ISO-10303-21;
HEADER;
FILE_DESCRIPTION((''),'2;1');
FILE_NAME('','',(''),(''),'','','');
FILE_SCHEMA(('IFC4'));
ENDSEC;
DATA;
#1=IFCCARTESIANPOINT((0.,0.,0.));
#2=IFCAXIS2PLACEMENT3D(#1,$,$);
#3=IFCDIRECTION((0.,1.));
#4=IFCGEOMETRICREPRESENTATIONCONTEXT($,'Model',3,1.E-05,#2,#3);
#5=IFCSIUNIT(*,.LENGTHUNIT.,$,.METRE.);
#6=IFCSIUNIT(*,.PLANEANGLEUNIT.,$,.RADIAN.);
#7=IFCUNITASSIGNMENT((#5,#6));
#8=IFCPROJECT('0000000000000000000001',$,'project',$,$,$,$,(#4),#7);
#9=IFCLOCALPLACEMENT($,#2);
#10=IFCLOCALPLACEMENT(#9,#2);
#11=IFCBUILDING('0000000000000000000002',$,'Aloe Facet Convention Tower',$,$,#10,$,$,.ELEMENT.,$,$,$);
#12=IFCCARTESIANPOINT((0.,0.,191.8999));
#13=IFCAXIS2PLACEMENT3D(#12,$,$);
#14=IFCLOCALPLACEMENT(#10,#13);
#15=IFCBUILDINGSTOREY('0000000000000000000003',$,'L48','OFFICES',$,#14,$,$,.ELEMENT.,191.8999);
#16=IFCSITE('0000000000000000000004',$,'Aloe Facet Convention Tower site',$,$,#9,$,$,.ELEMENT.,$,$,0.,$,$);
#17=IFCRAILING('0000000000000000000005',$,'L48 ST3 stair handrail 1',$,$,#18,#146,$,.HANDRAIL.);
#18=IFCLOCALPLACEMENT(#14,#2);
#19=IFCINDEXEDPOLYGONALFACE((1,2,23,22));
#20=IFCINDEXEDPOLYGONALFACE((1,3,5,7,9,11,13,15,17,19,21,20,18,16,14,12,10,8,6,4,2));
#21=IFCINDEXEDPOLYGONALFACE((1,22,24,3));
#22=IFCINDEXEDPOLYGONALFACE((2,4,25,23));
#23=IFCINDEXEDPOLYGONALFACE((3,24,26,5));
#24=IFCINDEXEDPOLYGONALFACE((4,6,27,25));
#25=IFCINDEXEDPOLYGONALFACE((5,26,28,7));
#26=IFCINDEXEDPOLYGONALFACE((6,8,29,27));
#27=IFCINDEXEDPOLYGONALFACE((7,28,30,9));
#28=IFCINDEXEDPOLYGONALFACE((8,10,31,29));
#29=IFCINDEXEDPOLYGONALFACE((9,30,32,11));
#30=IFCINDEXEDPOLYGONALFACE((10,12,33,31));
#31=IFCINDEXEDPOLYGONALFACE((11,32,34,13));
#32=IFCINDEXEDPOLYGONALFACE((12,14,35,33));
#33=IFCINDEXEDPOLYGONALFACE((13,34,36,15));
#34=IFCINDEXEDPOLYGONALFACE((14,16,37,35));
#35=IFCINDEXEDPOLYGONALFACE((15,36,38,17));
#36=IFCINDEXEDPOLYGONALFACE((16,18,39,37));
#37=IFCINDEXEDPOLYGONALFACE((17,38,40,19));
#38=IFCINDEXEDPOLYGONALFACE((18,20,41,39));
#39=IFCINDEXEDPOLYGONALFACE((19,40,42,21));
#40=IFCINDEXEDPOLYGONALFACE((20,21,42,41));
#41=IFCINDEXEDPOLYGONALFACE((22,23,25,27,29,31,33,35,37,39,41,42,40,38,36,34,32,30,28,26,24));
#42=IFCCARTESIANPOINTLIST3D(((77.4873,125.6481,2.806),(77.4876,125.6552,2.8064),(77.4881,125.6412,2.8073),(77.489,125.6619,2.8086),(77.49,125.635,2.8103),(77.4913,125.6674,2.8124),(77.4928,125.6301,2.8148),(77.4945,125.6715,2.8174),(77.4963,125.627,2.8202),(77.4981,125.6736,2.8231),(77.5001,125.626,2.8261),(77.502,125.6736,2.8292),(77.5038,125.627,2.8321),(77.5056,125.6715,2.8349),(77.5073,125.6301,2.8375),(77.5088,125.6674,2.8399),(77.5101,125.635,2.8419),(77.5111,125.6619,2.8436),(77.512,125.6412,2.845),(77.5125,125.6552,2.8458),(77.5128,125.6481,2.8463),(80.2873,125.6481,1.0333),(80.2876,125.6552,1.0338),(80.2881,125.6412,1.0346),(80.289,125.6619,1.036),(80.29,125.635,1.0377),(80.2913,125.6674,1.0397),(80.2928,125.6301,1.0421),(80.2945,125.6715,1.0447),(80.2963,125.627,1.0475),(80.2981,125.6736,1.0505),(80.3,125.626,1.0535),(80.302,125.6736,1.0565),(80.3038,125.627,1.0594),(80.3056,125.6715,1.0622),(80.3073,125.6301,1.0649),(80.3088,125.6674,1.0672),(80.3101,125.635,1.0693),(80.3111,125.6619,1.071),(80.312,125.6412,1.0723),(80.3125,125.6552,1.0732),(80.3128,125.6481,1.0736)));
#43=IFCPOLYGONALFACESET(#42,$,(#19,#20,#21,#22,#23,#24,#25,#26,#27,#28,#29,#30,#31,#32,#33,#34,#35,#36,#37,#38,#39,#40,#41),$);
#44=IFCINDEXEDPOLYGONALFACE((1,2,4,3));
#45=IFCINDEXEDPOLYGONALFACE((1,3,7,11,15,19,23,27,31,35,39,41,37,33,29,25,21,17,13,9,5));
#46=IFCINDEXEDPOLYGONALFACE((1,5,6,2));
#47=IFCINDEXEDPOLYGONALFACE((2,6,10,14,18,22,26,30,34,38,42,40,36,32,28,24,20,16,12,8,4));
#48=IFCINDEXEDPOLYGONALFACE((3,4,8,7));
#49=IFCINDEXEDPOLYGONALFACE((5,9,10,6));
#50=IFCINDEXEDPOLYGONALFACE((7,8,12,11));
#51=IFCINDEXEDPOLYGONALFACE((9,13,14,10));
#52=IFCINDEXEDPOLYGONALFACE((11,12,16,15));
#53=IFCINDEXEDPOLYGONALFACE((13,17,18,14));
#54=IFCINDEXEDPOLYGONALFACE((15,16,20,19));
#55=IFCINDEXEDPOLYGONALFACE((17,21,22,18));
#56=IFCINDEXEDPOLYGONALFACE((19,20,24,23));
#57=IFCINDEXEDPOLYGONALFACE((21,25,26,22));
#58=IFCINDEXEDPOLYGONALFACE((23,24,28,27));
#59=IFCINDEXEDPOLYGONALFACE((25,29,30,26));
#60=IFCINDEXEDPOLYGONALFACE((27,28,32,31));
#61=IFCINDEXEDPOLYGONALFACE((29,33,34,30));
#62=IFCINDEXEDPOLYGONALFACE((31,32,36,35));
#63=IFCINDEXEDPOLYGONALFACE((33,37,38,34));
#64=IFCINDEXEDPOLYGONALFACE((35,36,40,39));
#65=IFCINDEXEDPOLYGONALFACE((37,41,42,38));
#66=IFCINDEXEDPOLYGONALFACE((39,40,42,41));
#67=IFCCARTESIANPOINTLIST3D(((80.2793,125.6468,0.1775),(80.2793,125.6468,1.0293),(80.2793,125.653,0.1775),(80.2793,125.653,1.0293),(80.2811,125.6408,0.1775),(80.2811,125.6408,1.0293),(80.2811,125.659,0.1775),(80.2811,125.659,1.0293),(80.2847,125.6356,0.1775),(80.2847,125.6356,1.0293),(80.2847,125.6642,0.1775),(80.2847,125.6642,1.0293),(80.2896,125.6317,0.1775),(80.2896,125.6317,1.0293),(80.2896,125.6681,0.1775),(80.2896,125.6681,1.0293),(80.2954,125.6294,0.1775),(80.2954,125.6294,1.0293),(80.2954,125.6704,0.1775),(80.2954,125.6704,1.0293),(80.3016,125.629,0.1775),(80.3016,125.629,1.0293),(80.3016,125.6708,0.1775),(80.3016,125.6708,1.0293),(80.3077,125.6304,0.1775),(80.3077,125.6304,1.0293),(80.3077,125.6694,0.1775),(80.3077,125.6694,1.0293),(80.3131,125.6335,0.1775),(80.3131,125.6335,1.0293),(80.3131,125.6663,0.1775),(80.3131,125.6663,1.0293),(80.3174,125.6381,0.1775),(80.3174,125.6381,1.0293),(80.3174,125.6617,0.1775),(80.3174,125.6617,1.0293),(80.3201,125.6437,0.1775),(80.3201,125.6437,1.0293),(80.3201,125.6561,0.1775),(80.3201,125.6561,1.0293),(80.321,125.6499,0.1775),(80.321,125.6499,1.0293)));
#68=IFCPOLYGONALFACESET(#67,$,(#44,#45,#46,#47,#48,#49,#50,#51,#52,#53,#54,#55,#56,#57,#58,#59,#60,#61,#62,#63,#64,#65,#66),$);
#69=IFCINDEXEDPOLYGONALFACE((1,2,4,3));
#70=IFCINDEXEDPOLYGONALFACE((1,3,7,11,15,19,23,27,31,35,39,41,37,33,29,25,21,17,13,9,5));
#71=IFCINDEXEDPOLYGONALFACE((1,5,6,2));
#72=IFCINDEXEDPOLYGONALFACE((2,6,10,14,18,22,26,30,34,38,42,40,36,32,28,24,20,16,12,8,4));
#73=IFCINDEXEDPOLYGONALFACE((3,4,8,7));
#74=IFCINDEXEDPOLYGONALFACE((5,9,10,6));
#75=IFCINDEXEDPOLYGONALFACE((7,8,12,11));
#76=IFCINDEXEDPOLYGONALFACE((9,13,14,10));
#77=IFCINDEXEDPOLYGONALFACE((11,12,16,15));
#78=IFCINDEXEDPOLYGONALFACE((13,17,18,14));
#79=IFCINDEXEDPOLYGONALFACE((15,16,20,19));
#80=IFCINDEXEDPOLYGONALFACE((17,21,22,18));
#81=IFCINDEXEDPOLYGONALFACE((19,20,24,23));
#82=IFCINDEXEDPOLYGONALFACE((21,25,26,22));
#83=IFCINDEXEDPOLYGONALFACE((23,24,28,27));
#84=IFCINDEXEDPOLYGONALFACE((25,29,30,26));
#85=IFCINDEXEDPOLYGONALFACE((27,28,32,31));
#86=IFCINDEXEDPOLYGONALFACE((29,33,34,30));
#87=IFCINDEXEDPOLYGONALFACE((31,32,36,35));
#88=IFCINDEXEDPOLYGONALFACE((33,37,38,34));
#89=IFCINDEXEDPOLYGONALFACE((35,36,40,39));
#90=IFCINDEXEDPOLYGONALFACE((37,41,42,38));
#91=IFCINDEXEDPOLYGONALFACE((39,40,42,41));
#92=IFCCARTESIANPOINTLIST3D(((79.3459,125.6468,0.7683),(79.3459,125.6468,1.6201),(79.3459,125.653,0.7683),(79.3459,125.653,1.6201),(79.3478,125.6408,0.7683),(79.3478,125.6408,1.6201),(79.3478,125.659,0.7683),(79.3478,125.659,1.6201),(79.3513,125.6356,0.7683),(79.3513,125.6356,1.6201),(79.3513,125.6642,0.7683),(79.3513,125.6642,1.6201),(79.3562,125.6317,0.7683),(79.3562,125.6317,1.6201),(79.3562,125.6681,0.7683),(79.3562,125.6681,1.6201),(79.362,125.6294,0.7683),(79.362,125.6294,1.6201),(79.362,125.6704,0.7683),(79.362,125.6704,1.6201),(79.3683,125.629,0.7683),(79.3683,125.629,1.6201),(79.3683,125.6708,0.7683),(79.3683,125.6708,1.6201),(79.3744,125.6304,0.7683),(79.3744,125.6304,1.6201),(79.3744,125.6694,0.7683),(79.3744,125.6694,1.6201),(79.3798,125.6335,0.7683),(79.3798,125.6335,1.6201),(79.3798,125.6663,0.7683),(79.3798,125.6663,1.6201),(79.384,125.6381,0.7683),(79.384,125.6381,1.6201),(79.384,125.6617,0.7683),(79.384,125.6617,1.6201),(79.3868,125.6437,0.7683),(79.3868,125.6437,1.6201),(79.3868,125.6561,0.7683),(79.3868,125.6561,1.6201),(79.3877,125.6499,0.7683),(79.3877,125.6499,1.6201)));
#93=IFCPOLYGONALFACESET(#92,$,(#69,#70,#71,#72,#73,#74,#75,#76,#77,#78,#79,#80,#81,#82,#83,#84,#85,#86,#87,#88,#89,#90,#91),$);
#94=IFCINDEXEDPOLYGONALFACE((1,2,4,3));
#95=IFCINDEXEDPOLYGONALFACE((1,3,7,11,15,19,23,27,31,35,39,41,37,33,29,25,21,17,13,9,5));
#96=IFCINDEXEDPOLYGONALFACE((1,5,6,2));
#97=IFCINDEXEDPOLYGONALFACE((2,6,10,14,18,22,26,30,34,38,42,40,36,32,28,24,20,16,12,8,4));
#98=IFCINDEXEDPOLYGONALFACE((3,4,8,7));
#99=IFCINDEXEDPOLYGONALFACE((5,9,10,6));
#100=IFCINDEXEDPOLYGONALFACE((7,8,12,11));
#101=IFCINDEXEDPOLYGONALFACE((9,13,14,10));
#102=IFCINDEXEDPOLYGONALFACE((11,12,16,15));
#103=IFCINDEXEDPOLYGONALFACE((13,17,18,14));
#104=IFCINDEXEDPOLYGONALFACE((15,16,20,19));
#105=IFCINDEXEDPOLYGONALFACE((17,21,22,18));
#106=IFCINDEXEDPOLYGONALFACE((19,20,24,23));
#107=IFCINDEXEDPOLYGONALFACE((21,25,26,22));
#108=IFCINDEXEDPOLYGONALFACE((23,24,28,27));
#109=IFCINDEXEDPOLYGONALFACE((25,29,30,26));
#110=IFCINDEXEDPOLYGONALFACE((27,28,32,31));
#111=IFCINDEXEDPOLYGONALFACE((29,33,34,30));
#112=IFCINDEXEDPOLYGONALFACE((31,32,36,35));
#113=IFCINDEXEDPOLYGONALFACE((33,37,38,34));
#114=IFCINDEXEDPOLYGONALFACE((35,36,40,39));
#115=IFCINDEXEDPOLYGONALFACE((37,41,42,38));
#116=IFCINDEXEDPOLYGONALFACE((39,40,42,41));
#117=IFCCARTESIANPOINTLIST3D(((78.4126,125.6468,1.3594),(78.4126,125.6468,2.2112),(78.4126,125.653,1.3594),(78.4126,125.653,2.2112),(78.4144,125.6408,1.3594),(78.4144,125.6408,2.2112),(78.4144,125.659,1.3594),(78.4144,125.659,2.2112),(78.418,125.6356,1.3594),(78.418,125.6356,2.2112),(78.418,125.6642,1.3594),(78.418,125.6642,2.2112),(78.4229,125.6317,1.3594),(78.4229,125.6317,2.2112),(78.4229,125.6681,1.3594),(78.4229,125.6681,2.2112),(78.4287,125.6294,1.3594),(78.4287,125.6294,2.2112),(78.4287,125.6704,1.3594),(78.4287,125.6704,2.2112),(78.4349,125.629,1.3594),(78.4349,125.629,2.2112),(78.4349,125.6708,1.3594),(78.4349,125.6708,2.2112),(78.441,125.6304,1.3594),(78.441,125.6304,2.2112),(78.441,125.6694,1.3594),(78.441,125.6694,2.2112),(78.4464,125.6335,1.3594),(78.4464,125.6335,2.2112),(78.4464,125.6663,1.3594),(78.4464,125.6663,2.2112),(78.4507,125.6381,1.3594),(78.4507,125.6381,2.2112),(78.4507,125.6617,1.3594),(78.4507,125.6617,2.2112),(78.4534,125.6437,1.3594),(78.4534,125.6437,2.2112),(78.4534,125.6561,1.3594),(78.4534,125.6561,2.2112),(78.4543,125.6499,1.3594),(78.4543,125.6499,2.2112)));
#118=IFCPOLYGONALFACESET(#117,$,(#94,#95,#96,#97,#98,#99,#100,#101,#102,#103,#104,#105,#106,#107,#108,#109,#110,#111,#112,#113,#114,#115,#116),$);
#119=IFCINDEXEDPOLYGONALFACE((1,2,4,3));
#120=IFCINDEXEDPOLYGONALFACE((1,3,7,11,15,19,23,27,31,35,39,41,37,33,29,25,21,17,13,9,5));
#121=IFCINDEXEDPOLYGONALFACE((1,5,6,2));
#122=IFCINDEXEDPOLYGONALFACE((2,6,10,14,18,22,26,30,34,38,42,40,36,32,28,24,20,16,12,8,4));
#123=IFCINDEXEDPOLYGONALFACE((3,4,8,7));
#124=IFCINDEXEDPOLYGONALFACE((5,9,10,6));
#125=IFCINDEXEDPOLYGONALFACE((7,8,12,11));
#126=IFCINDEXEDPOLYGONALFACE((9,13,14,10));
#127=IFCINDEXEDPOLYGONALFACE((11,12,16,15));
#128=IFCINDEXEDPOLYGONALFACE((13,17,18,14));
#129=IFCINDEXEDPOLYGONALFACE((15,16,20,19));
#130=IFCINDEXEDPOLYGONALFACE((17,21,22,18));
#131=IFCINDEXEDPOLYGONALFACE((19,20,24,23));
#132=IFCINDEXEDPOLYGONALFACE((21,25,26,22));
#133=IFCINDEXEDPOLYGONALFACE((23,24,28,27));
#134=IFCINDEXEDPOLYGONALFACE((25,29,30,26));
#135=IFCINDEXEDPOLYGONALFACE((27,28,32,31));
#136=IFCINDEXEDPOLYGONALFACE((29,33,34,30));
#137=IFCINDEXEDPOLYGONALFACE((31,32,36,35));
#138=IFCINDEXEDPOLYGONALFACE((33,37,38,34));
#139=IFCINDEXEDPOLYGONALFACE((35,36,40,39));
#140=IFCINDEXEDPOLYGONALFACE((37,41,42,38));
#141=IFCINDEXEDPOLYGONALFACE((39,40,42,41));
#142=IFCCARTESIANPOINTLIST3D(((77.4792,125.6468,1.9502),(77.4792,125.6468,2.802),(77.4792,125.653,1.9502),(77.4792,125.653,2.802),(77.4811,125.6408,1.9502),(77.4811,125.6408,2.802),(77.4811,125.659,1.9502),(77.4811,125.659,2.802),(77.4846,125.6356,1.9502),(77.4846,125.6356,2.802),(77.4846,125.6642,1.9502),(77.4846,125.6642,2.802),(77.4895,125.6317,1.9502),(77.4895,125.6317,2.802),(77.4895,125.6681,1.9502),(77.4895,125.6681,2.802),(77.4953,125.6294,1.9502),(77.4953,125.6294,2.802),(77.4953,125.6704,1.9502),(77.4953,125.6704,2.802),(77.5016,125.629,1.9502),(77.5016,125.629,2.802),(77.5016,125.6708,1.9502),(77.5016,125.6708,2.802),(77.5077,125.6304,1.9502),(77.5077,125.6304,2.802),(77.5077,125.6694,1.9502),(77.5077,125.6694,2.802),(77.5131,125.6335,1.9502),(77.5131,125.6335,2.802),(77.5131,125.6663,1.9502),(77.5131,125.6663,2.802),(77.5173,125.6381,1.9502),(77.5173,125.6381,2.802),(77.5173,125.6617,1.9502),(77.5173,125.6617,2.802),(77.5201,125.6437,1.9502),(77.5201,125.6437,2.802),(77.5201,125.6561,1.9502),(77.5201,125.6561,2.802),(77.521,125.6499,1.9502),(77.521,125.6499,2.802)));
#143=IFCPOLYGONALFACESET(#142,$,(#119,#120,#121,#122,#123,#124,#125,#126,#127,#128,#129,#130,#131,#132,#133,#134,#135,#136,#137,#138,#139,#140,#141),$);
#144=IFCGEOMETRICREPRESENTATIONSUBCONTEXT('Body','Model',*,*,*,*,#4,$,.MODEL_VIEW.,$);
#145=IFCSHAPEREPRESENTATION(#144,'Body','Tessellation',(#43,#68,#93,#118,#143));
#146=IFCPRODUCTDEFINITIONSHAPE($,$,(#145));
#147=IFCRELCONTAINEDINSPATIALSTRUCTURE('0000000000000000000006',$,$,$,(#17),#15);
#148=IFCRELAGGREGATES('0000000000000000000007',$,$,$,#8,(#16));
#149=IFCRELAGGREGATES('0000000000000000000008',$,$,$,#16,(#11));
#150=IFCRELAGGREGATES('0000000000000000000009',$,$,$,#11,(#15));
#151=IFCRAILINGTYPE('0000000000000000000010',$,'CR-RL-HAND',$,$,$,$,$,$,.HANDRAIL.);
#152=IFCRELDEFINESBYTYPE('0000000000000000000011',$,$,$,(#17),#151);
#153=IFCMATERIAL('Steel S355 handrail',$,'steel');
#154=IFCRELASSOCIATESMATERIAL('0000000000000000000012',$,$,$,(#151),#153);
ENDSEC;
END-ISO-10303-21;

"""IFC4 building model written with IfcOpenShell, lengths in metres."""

from ifc_helpers import new_model, si_unit, direction, frame, origin, origin_2d, place, context, subcontext, project, spatial, circle, extrude, material, type_object, element, save


model = new_model("IFC4")

# Units and contexts
model_context = context("Model", 3, precision=1e-05, world=origin(), true_north=direction((0.0, 1.0)))
body_context = subcontext(model_context, "Body", "Model", "MODEL_VIEW")
ifc_project = project(units=[si_unit("LENGTHUNIT", "METRE"), si_unit("PLANEANGLEUNIT", "RADIAN")], contexts=[model_context])

# Site, building, storey
site_placement = place(None, origin())
site = spatial("IfcSite", under=ifc_project, at=site_placement, Name="Aloe Facet Convention Tower site", CompositionType="ELEMENT", RefElevation=0.0)
building_placement = place(site_placement, origin())
building = spatial("IfcBuilding", under=site, at=building_placement, Name="Aloe Facet Convention Tower", CompositionType="ELEMENT")
storey_placement = place(building_placement, frame((0.0, 0.0, 191.8999)))
storey = spatial("IfcBuildingStorey", under=building, at=storey_placement, Name="L48", Description="OFFICES", CompositionType="ELEMENT", Elevation=191.8999)

# Railing
ifc_material_1 = material(Name="Steel S355 handrail", Category="steel")
railing_type_1 = type_object("IfcRailingType", Name="CR-RL-HAND", PredefinedType="HANDRAIL", material=ifc_material_1)
railing_1_placement = place(storey_placement, frame((80.3, 125.6499, 0.1775)))
element("IfcRailing", 1, at=railing_1_placement, inside=storey, type_object=railing_type_1, Name="L48 ST3 stair handrail 1", PredefinedType="HANDRAIL", context=body_context, shape_type="SweptSolid", body=[
    extrude(circle(Radius=0.0239, at=origin_2d()), frame((0.0, 0.0, 0.876), z_axis=(-0.844909, 0.0, 0.53491), x_axis=(0.0, -1.0, 0.0)), (0.0, 0.0, 1.0), 3.314),
    extrude(circle(Radius=0.021, at=origin_2d()), origin(), (0.0, 0.0, 1.0), 0.8518),
    extrude(circle(Radius=0.021, at=origin_2d()), frame((-0.9333, 0.0, 0.5908)), (0.0, 0.0, 1.0), 0.8518),
    extrude(circle(Radius=0.021, at=origin_2d()), frame((-1.8667, 0.0, 1.1819)), (0.0, 0.0, 1.0), 0.8518),
    extrude(circle(Radius=0.021, at=origin_2d()), frame((-2.8, 0.0, 1.7727)), (0.0, 0.0, 1.0), 0.8518),
])

save(model, "model.ifc")
